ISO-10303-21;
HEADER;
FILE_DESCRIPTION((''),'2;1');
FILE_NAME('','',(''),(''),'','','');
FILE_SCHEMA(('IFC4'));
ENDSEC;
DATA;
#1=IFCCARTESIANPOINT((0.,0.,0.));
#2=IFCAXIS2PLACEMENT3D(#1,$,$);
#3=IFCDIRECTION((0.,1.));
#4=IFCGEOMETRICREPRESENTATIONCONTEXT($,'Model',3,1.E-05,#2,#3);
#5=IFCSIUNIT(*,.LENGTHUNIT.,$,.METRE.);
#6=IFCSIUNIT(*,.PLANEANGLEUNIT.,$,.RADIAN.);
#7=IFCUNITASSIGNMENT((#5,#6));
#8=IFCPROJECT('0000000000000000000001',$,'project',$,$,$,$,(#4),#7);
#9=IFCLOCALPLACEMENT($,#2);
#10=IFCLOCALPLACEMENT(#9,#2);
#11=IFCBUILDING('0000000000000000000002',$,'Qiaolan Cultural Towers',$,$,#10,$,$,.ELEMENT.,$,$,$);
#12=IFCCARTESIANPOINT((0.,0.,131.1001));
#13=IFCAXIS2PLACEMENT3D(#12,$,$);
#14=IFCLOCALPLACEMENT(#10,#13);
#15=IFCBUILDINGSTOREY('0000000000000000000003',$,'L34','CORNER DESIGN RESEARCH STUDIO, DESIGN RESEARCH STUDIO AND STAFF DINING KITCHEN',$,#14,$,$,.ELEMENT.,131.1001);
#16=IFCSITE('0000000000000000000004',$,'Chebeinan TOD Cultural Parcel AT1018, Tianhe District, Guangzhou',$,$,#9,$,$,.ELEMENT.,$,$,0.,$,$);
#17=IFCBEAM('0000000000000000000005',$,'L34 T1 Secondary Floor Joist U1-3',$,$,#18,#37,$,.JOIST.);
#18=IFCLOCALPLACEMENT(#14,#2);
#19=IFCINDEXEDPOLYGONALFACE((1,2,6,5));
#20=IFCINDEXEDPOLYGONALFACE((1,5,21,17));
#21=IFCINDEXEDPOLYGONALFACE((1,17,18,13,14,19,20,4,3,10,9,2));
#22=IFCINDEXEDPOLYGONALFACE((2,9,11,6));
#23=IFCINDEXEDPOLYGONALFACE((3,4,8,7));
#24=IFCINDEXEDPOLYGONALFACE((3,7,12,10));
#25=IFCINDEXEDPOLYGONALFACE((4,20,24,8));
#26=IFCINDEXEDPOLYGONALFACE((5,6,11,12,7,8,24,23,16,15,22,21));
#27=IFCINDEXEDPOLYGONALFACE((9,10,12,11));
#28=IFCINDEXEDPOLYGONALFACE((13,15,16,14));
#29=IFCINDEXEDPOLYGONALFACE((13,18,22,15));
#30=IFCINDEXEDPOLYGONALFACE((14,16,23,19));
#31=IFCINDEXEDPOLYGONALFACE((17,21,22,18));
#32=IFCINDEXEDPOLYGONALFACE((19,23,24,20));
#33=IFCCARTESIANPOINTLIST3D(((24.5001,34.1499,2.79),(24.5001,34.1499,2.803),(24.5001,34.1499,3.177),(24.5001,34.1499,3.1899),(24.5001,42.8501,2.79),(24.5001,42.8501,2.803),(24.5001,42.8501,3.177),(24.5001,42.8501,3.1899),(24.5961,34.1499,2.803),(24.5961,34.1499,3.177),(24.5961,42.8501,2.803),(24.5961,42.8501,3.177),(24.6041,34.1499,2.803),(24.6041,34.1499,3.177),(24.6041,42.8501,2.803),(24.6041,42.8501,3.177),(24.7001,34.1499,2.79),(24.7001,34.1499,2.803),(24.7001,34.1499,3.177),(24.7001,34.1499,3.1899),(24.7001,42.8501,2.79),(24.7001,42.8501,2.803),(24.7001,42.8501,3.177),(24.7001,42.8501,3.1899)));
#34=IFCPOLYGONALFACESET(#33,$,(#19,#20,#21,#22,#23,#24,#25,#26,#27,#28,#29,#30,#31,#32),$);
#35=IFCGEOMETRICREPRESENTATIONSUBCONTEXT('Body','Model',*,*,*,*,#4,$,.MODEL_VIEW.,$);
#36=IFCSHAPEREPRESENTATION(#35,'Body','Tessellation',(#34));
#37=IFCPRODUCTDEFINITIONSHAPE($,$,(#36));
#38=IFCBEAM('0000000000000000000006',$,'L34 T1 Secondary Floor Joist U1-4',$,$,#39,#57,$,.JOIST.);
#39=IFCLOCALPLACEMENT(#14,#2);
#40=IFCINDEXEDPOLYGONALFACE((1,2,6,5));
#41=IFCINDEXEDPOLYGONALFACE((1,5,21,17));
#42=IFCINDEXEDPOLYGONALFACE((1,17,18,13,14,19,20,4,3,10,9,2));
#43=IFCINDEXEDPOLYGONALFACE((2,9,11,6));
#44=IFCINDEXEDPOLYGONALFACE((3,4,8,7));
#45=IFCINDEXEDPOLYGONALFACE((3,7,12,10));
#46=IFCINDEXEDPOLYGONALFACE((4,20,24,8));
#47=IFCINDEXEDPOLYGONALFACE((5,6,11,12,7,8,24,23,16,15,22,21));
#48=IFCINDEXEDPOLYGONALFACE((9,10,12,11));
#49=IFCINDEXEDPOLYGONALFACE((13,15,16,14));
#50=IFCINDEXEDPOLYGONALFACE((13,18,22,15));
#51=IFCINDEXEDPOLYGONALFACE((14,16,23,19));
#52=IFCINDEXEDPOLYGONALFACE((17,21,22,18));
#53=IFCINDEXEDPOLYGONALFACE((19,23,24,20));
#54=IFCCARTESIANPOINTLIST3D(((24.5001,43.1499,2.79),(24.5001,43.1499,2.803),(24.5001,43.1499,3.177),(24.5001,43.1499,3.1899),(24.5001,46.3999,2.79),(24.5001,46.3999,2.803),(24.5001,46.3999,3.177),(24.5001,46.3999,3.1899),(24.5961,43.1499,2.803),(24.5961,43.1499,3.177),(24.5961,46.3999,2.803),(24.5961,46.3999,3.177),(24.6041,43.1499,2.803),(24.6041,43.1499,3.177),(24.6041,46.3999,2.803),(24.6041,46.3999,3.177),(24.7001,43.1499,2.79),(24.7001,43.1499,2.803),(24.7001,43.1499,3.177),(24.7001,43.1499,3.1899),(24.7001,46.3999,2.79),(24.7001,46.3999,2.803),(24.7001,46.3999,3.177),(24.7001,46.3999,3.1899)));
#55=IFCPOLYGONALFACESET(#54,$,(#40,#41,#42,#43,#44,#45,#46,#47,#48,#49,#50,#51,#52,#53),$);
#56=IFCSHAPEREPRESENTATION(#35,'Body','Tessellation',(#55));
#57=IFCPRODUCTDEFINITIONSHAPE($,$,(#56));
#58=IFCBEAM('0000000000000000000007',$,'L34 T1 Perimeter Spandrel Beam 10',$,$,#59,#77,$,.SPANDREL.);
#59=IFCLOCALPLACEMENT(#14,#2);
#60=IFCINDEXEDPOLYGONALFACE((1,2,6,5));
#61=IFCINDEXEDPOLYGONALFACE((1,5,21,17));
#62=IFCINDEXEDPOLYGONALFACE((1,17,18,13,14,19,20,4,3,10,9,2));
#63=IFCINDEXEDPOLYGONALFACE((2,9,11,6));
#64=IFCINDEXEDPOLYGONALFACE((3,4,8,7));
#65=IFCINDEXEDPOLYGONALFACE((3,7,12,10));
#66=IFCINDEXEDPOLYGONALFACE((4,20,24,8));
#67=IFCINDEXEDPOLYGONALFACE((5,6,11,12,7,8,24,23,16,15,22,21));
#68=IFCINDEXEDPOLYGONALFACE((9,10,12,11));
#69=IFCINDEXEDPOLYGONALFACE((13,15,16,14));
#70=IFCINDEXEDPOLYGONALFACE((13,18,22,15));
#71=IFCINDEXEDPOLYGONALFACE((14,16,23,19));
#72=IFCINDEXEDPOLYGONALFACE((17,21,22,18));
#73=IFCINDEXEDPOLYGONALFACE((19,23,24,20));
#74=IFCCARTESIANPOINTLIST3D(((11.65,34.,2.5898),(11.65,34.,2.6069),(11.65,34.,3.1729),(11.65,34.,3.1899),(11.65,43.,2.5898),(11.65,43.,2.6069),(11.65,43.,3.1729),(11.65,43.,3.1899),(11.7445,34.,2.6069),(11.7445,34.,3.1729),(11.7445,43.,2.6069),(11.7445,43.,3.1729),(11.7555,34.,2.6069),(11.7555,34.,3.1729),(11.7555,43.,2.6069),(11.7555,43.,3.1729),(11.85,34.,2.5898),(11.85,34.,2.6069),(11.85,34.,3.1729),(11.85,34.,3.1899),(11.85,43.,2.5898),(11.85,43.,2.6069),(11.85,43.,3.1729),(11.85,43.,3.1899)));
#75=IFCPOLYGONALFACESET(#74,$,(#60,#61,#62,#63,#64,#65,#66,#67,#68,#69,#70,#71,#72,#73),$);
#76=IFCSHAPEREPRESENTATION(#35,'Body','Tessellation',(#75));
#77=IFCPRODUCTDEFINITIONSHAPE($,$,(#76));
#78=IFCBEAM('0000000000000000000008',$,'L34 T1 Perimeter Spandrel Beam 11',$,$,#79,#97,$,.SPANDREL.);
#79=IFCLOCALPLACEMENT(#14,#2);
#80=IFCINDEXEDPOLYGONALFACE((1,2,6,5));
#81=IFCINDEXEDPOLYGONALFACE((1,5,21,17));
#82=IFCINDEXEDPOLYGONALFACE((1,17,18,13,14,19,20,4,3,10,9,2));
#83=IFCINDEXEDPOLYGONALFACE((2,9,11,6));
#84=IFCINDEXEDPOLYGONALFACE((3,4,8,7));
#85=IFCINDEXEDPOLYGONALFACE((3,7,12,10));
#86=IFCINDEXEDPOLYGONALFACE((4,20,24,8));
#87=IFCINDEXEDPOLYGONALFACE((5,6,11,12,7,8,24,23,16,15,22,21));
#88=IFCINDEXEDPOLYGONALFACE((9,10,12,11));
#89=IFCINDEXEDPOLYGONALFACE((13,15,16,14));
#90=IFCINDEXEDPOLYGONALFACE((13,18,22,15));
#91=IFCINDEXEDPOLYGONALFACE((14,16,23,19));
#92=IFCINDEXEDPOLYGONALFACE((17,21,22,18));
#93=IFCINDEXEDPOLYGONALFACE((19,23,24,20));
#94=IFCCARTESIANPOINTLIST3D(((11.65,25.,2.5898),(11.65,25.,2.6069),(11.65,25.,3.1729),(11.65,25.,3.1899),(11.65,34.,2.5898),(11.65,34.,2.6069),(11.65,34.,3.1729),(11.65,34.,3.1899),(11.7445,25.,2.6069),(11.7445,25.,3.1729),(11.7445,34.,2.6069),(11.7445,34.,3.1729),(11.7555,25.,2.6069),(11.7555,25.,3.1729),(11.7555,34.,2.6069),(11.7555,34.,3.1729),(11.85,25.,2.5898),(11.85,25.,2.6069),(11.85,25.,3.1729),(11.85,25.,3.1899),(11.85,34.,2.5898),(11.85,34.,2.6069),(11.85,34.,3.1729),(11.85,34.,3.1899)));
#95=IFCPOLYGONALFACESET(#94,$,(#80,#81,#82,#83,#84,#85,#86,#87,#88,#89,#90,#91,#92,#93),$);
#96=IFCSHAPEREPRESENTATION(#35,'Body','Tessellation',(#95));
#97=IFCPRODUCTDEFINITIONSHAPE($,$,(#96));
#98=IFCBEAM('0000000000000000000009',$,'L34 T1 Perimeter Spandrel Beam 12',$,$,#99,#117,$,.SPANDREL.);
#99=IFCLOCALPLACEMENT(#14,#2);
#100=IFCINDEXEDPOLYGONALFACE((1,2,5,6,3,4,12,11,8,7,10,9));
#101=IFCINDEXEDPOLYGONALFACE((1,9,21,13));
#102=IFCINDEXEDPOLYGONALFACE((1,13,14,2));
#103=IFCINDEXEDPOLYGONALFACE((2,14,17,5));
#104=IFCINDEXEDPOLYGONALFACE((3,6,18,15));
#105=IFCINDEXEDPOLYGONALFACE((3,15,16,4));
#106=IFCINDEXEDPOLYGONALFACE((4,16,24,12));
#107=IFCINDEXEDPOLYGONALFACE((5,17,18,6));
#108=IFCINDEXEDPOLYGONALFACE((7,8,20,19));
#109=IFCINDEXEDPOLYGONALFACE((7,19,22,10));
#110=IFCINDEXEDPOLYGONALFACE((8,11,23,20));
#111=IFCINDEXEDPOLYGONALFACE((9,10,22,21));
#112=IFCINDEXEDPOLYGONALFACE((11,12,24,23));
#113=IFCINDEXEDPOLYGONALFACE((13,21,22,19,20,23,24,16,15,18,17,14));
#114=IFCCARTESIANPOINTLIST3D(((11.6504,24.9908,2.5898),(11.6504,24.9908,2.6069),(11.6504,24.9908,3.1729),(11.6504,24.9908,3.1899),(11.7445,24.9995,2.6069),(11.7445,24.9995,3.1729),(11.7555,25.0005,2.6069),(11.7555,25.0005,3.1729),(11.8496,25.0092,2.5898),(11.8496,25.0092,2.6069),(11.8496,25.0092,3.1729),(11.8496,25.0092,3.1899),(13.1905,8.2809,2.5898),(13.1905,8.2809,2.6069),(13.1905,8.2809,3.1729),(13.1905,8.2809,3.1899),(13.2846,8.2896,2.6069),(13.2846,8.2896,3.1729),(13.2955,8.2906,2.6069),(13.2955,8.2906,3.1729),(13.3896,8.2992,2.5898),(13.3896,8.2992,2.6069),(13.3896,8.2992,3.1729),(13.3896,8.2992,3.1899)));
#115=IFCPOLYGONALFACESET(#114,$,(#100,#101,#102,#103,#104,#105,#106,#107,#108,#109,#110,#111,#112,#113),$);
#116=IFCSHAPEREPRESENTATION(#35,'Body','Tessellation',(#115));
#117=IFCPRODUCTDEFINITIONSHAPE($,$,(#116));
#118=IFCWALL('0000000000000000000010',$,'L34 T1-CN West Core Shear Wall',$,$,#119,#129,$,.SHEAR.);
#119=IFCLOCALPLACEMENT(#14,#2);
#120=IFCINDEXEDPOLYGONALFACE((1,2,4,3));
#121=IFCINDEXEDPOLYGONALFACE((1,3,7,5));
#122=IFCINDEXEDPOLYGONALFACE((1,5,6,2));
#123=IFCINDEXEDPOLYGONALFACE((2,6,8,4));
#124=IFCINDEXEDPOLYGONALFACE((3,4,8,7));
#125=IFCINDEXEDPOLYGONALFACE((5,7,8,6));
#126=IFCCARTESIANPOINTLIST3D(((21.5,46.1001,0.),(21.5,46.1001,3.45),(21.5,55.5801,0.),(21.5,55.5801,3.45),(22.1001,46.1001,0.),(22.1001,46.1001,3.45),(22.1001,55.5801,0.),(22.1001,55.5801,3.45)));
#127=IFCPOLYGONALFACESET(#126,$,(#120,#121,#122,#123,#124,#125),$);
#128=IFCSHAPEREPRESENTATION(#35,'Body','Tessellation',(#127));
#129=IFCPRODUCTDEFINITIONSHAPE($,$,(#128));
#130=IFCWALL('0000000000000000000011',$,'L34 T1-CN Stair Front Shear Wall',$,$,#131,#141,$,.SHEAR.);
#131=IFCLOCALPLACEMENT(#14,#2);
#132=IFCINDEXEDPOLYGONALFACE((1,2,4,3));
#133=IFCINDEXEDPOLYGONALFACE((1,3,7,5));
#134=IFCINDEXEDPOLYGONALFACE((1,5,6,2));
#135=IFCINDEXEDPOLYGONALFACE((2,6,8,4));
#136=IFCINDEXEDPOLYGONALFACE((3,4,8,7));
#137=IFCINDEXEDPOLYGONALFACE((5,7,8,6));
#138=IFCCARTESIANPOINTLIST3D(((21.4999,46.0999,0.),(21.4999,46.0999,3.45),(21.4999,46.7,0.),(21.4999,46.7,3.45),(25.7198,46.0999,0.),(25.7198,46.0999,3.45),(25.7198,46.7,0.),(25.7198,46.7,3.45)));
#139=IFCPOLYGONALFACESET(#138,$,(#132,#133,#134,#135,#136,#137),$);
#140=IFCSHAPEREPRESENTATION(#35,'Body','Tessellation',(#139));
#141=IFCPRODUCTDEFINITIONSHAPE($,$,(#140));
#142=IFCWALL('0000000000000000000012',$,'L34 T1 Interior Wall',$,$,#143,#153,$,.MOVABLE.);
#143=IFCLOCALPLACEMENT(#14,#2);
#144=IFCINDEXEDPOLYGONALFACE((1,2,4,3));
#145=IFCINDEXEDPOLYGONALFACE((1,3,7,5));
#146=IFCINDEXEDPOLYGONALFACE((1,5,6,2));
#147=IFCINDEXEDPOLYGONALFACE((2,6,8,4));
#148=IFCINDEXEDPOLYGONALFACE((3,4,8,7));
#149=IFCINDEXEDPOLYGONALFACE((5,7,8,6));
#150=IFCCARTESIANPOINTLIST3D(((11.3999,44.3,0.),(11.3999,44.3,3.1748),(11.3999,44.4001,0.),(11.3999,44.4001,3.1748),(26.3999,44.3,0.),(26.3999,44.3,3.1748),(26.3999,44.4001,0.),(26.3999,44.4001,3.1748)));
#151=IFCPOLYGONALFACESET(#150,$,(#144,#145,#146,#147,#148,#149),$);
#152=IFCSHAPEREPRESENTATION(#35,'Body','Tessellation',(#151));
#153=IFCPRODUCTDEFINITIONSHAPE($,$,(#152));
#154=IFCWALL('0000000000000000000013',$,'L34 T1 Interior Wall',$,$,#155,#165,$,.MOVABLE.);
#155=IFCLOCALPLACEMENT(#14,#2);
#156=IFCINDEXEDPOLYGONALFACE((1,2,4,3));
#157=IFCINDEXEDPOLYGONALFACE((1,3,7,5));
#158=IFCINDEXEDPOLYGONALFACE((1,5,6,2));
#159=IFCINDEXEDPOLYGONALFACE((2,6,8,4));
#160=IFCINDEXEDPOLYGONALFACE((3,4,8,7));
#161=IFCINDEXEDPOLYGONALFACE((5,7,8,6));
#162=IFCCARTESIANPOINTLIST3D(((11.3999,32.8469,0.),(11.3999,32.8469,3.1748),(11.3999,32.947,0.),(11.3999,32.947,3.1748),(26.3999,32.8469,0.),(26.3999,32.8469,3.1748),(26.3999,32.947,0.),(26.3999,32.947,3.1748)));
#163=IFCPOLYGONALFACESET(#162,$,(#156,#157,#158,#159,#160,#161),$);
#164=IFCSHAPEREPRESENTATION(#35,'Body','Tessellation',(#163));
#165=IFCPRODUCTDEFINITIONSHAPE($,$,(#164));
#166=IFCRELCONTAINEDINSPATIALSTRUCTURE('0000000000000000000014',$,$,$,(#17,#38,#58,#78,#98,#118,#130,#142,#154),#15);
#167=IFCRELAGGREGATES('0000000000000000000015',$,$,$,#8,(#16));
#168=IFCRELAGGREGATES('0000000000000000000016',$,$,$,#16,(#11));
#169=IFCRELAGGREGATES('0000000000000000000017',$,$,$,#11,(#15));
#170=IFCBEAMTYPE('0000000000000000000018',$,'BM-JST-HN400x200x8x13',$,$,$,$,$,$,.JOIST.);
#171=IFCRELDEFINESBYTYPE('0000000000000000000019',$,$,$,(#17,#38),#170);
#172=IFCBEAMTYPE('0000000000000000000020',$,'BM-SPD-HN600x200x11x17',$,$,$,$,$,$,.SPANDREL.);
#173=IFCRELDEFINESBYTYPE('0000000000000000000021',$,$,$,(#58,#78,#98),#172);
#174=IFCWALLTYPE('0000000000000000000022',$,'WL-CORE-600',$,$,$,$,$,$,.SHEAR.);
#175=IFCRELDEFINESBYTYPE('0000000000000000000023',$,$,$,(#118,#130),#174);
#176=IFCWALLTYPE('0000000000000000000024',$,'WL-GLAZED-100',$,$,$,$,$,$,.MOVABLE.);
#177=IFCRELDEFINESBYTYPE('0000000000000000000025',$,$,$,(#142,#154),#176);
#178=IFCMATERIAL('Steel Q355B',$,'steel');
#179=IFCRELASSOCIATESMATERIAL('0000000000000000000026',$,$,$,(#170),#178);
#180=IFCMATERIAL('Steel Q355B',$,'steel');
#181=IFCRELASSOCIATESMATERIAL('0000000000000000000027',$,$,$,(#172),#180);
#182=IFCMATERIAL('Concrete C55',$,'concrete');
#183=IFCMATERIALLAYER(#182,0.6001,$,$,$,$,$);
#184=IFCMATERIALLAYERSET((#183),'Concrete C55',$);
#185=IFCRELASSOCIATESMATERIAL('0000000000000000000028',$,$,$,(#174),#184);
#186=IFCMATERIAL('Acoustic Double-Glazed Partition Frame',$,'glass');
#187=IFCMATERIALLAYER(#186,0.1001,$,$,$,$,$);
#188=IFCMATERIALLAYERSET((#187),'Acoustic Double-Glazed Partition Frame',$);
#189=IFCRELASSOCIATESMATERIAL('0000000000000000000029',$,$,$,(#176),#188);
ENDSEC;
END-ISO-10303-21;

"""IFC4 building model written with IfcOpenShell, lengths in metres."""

from ifc_helpers import new_model, si_unit, direction, frame, frame_2d, origin, origin_2d, place, context, subcontext, project, spatial, rectangle, i_section, extrude, material, layer, layer_set, material_profile, profile_set, type_object, element, save


model = new_model("IFC4")

# Units and contexts
model_context = context("Model", 3, precision=1e-05, world=origin(), true_north=direction((0.0, 1.0)))
body_context = subcontext(model_context, "Body", "Model", "MODEL_VIEW")
ifc_project = project(units=[si_unit("LENGTHUNIT", "METRE"), si_unit("PLANEANGLEUNIT", "RADIAN")], contexts=[model_context])

# Site, building, storey
site_placement = place(None, origin())
site = spatial("IfcSite", under=ifc_project, at=site_placement, Name="Chebeinan TOD Cultural Parcel AT1018, Tianhe District, Guangzhou", CompositionType="ELEMENT", RefElevation=0.0)
building_placement = place(site_placement, origin())
building = spatial("IfcBuilding", under=site, at=building_placement, Name="Qiaolan Cultural Towers", CompositionType="ELEMENT")
storey_placement = place(building_placement, frame((0.0, 0.0, 131.1001)))
storey = spatial("IfcBuildingStorey", under=building, at=storey_placement, Name="L34", Description="CORNER DESIGN RESEARCH STUDIO, DESIGN RESEARCH STUDIO AND STAFF DINING KITCHEN", CompositionType="ELEMENT", Elevation=131.1001)

# Beams
ifc_material_1 = material(Name="Steel Q355B", Category="steel")
ifc_material_profile_1 = material_profile(ifc_material_1, i_section(OverallWidth=0.2, OverallDepth=0.3999, WebThickness=0.0081, FlangeThickness=0.0129, at=origin_2d()), Name="HN400x200x8x13")
ifc_profile_set_1 = profile_set([ifc_material_profile_1], Name="Steel Q355B")
beam_type_1 = type_object("IfcBeamType", Name="BM-JST-HN400x200x8x13", PredefinedType="JOIST", material=ifc_profile_set_1)
for number, where, z_axis, x_axis, name in (
    (1, (24.6001, 34.1499, 2.99), (0.0, 1.0, 0.0), (-1.0, 0.0, 0.0), "L34 T1 Secondary Floor Joist U1-3"),
):
    element("IfcBeam", number, at=place(storey_placement, frame(where, z_axis=z_axis, x_axis=x_axis)), inside=storey, type_object=beam_type_1, Name=name, PredefinedType="JOIST", context=body_context, shape_type="SweptSolid", body=[
        extrude(i_section(OverallWidth=0.2, OverallDepth=0.3999, WebThickness=0.0081, FlangeThickness=0.0129, at=origin_2d()), origin(), (0.0, 0.0, 1.0), 8.7002),
    ])
beam_1_placement = place(storey_placement, frame((24.6001, 43.1499, 2.99), z_axis=(0.0, 1.0, 0.0), x_axis=(-1.0, 0.0, 0.0)))
element("IfcBeam", 2, at=beam_1_placement, inside=storey, type_object=beam_type_1, Name="L34 T1 Secondary Floor Joist U1-4", PredefinedType="JOIST", context=body_context, shape_type="SweptSolid", body=[
    extrude(i_section(OverallWidth=0.2, OverallDepth=0.3999, WebThickness=0.0081, FlangeThickness=0.0129, at=origin_2d()), origin(), (0.0, 0.0, 1.0), 3.25),
])
ifc_material_2 = material(Name="Steel Q355B", Category="steel")
ifc_material_profile_2 = material_profile(ifc_material_2, i_section(OverallWidth=0.2, OverallDepth=0.6001, WebThickness=0.011, FlangeThickness=0.0171, at=origin_2d()), Name="HN600x200x11x17")
ifc_profile_set_2 = profile_set([ifc_material_profile_2], Name="Steel Q355B")
beam_type_2 = type_object("IfcBeamType", Name="BM-SPD-HN600x200x11x17", PredefinedType="SPANDREL", material=ifc_profile_set_2)
for number, where, z_axis, x_axis, name in (
    (3, (11.75, 43.0, 2.8899), (0.0, -1.0, 0.0), (1.0, 0.0, 0.0), "L34 T1 Perimeter Spandrel Beam 10"),
    (4, (11.75, 34.0, 2.8899), (0.0, -1.0, 0.0), (1.0, 0.0, 0.0), "L34 T1 Perimeter Spandrel Beam 11"),
):
    element("IfcBeam", number, at=place(storey_placement, frame(where, z_axis=z_axis, x_axis=x_axis)), inside=storey, type_object=beam_type_2, Name=name, PredefinedType="SPANDREL", context=body_context, shape_type="SweptSolid", body=[
        extrude(i_section(OverallWidth=0.2, OverallDepth=0.6001, WebThickness=0.011, FlangeThickness=0.0171, at=origin_2d()), origin(), (0.0, 0.0, 1.0), 9.0),
    ])
beam_2_placement = place(storey_placement, frame((11.75, 25.0, 2.8899), z_axis=(0.091774, -0.99578, 0.0), x_axis=(0.99578, 0.091774, 0.0)))
element("IfcBeam", 5, at=beam_2_placement, inside=storey, type_object=beam_type_2, Name="L34 T1 Perimeter Spandrel Beam 12", PredefinedType="SPANDREL", context=body_context, shape_type="SweptSolid", body=[
    extrude(i_section(OverallWidth=0.2, OverallDepth=0.6001, WebThickness=0.011, FlangeThickness=0.0171, at=origin_2d()), origin(), (0.0, 0.0, 1.0), 16.7808),
])

# Walls
ifc_material_3 = material(Name="Concrete C55", Category="concrete")
ifc_layer_1 = layer(ifc_material_3, 0.6001)
ifc_layer_set_1 = layer_set([ifc_layer_1], Name="Concrete C55")
wall_type_1 = type_object("IfcWallType", Name="WL-CORE-600", PredefinedType="SHEAR", material=ifc_layer_set_1)
wall_1_placement = place(storey_placement, frame((21.8, 46.1001, 0.0), z_axis=(0.0, 0.0, 1.0), x_axis=(0.0, 1.0, 0.0)))
element("IfcWall", 6, at=wall_1_placement, inside=storey, type_object=wall_type_1, Name="L34 T1-CN West Core Shear Wall", PredefinedType="SHEAR", context=body_context, shape_type="SweptSolid", body=[
    extrude(rectangle(XDim=9.48, YDim=0.6001, at=frame_2d((4.74, 0.0))), origin(), (0.0, 0.0, 1.0), 3.45),
])
wall_2_placement = place(storey_placement, frame((21.5, 46.3999, 0.0), z_axis=(0.0, 0.0, 1.0), x_axis=(1.0, 0.0, 0.0)))
element("IfcWall", 7, at=wall_2_placement, inside=storey, type_object=wall_type_1, Name="L34 T1-CN Stair Front Shear Wall", PredefinedType="SHEAR", context=body_context, shape_type="SweptSolid", body=[
    extrude(rectangle(XDim=4.22, YDim=0.6001, at=frame_2d((2.1099, 0.0))), origin(), (0.0, 0.0, 1.0), 3.45),
])
ifc_material_4 = material(Name="Acoustic Double-Glazed Partition Frame", Category="glass")
ifc_layer_2 = layer(ifc_material_4, 0.1001)
ifc_layer_set_2 = layer_set([ifc_layer_2], Name="Acoustic Double-Glazed Partition Frame")
wall_type_2 = type_object("IfcWallType", Name="WL-GLAZED-100", PredefinedType="MOVABLE", material=ifc_layer_set_2)
for number, where, z_axis, x_axis, name in (
    (8, (11.3999, 44.3501, 0.0), (0.0, 0.0, 1.0), (1.0, 0.0, 0.0), "L34 T1 Interior Wall"),
    (9, (11.3999, 32.897, 0.0), (0.0, 0.0, 1.0), (1.0, 0.0, 0.0), "L34 T1 Interior Wall"),
):
    element("IfcWall", number, at=place(storey_placement, frame(where, z_axis=z_axis, x_axis=x_axis)), inside=storey, type_object=wall_type_2, Name=name, PredefinedType="MOVABLE", context=body_context, shape_type="SweptSolid", body=[
        extrude(rectangle(XDim=15.0, YDim=0.1001, at=frame_2d((7.5, 0.0))), origin(), (0.0, 0.0, 1.0), 3.1748),
    ])

save(model, "model.ifc")
